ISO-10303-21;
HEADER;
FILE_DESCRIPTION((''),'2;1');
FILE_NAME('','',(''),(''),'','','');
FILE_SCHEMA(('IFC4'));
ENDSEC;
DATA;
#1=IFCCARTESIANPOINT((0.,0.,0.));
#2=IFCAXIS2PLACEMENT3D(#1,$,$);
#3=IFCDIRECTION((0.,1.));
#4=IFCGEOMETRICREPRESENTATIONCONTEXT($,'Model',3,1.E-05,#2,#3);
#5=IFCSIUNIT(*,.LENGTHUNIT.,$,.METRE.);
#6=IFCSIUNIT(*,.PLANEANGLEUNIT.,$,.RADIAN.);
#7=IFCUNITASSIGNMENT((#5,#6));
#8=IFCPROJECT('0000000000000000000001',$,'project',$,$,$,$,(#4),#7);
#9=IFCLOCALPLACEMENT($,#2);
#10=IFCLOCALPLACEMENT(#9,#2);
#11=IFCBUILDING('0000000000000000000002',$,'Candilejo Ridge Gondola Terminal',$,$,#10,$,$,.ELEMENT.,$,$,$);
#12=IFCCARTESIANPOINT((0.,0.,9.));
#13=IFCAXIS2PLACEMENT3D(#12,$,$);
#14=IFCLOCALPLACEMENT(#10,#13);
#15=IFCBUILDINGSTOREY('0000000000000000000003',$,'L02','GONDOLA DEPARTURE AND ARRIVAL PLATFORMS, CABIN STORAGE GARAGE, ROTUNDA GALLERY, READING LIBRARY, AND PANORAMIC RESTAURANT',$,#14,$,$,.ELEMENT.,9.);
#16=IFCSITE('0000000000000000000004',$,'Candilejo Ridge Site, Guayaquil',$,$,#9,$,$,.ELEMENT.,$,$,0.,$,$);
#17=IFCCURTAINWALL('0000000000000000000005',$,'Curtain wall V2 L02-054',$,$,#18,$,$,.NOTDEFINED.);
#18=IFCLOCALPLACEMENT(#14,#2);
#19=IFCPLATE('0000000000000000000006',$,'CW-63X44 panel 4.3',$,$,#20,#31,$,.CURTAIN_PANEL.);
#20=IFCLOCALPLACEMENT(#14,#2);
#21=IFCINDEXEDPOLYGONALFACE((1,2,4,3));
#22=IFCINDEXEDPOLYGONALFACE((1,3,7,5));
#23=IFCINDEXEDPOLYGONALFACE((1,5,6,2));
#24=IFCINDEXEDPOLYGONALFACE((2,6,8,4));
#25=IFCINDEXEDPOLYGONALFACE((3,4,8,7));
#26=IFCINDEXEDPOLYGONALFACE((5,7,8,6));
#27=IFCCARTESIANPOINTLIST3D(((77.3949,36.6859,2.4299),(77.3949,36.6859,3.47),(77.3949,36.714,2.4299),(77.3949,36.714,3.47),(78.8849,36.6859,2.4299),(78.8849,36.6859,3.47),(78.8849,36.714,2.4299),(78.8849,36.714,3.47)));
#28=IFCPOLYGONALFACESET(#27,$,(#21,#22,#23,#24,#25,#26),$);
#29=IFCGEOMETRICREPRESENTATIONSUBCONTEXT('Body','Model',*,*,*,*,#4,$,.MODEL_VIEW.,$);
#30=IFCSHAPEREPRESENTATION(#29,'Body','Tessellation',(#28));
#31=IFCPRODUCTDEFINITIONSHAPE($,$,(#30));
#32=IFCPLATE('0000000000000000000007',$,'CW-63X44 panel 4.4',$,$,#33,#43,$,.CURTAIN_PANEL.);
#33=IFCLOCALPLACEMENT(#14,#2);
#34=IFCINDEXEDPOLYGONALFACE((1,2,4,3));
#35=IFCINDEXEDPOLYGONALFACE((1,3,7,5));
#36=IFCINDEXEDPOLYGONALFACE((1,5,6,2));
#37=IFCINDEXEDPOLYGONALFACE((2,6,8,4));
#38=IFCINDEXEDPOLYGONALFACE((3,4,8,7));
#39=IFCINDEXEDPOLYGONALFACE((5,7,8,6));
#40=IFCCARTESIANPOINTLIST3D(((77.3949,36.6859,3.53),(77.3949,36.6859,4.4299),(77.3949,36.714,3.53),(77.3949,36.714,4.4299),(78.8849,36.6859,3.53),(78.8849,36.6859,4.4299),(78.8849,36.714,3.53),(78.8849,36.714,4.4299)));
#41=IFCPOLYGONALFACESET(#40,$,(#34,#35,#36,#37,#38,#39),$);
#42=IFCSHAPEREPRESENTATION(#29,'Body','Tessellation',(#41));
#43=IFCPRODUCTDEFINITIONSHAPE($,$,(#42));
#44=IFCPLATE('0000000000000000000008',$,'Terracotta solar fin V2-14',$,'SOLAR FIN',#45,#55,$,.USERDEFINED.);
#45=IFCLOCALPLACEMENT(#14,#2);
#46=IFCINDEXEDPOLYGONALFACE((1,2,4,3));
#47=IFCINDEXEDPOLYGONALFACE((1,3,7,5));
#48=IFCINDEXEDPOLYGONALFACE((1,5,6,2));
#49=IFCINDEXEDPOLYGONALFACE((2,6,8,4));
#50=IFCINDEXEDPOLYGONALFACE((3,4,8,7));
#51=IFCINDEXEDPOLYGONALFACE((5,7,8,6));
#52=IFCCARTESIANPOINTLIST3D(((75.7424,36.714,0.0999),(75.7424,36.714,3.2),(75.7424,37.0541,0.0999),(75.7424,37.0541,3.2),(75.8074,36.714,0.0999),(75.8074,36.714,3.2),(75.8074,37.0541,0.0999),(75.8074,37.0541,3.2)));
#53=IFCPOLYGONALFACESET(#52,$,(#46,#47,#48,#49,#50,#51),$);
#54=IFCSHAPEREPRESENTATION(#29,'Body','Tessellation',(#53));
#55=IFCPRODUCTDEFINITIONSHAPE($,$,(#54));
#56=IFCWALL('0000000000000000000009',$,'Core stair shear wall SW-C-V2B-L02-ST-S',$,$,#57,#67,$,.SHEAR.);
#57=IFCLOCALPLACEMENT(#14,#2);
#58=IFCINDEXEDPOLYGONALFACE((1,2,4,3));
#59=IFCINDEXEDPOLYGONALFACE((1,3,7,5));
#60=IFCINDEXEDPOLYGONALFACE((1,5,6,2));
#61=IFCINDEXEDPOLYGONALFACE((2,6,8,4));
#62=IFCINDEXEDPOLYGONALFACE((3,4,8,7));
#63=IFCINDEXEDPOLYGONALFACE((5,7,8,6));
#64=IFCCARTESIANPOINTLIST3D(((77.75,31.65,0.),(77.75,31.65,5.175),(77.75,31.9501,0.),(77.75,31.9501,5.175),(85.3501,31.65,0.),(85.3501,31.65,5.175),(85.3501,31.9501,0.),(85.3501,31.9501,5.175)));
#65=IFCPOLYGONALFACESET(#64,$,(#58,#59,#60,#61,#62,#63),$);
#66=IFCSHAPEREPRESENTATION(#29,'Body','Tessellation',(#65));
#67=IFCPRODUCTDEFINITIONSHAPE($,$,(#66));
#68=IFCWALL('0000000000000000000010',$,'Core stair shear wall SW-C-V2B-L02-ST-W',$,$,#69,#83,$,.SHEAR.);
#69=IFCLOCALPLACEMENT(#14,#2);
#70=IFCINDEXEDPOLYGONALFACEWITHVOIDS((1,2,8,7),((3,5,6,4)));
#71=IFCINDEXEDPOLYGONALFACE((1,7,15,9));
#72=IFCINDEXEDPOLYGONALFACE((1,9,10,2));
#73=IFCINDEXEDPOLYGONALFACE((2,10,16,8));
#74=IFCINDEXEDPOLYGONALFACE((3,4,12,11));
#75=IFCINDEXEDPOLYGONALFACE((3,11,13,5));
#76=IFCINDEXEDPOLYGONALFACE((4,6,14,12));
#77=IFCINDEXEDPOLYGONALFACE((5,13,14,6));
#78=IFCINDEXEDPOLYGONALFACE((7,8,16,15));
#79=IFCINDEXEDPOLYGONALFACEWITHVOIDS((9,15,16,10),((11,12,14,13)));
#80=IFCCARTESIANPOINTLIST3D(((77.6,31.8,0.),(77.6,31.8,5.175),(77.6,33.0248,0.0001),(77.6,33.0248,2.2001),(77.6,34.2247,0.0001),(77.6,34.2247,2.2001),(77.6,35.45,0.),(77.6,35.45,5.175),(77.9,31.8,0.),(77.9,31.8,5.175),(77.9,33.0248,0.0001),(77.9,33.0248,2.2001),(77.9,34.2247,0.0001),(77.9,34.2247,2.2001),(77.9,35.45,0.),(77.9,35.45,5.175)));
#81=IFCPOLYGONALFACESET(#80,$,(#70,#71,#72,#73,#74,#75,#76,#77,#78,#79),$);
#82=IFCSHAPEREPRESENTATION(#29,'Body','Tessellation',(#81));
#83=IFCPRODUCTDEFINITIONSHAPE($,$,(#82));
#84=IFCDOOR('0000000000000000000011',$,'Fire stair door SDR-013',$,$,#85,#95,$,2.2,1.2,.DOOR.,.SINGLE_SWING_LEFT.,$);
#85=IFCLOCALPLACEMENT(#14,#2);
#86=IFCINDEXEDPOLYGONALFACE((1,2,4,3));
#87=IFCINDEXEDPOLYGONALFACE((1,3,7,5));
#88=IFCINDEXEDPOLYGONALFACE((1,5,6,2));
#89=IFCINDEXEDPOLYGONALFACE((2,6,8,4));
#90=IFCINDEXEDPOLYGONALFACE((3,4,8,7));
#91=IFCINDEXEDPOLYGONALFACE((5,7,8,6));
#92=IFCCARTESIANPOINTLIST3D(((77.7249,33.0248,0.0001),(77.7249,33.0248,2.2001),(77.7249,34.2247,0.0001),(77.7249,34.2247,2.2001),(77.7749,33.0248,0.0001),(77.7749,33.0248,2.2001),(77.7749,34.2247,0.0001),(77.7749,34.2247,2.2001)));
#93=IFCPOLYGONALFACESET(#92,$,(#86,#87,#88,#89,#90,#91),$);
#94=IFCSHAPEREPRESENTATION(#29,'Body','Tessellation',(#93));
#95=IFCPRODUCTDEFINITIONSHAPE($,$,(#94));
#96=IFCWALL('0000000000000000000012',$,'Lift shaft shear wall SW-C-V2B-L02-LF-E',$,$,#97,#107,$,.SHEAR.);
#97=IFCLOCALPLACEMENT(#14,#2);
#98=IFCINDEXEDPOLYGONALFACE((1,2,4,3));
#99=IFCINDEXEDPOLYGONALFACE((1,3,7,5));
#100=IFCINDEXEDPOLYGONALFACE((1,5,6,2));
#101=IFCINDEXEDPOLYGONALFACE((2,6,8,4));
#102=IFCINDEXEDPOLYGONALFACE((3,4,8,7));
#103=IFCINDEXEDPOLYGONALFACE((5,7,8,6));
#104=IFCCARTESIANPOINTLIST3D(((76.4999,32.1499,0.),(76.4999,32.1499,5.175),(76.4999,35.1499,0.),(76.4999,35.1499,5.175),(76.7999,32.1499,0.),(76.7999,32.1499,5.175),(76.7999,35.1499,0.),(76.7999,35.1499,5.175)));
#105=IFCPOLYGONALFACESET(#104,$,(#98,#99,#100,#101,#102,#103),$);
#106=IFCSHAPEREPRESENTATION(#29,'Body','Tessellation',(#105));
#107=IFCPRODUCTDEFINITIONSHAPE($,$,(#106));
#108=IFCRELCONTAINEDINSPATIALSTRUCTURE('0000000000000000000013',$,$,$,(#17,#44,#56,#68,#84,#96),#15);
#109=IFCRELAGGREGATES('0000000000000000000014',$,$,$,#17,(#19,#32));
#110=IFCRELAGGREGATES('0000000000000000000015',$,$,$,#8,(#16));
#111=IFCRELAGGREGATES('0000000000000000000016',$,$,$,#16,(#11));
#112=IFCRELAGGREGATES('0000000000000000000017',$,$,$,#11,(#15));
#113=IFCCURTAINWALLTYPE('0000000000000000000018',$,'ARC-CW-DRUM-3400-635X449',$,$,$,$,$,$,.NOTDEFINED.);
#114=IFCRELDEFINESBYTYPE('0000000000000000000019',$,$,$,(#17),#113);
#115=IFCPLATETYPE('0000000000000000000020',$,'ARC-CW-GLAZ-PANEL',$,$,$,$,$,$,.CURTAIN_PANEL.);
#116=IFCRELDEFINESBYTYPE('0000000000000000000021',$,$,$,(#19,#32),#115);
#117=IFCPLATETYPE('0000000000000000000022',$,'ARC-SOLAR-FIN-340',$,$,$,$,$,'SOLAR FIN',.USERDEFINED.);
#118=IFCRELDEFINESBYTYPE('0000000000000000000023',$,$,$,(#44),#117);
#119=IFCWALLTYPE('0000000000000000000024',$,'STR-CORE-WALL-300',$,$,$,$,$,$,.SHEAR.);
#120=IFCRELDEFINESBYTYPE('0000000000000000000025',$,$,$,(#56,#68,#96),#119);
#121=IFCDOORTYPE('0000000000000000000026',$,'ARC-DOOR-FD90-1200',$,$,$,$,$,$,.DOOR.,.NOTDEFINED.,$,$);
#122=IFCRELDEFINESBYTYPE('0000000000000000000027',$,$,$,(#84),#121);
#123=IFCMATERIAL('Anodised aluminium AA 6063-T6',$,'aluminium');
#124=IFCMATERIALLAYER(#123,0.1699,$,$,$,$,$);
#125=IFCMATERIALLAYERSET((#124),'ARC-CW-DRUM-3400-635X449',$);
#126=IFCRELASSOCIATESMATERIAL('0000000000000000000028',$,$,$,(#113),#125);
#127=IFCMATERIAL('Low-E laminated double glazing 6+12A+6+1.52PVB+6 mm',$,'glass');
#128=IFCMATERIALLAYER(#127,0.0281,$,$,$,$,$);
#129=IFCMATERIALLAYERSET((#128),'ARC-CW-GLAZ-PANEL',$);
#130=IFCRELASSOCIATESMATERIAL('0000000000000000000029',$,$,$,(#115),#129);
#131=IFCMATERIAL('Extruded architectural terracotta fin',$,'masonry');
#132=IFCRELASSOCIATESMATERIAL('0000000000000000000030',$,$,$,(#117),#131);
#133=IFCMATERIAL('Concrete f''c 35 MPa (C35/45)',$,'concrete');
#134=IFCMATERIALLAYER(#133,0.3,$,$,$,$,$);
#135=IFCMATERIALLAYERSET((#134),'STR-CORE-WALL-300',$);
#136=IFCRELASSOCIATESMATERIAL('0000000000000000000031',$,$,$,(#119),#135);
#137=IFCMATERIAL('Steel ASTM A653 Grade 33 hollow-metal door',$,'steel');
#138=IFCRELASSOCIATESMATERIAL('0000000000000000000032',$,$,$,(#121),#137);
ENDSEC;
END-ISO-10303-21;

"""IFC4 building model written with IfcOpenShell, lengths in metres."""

from ifc_helpers import new_model, si_unit, direction, frame, frame_2d, origin, origin_2d, place, context, subcontext, project, spatial, rectangle, extrude, material, layer, layer_set, type_object, element, fill, aggregate, save


model = new_model("IFC4")

# Units and contexts
model_context = context("Model", 3, precision=1e-05, world=origin(), true_north=direction((0.0, 1.0)))
body_context = subcontext(model_context, "Body", "Model", "MODEL_VIEW")
ifc_project = project(units=[si_unit("LENGTHUNIT", "METRE"), si_unit("PLANEANGLEUNIT", "RADIAN")], contexts=[model_context])

# Site, building, storey
site_placement = place(None, origin())
site = spatial("IfcSite", under=ifc_project, at=site_placement, Name="Candilejo Ridge Site, Guayaquil", CompositionType="ELEMENT", RefElevation=0.0)
building_placement = place(site_placement, origin())
building = spatial("IfcBuilding", under=site, at=building_placement, Name="Candilejo Ridge Gondola Terminal", CompositionType="ELEMENT")
storey_placement = place(building_placement, frame((0.0, 0.0, 9.0)))
storey = spatial("IfcBuildingStorey", under=building, at=storey_placement, Name="L02", Description="GONDOLA DEPARTURE AND ARRIVAL PLATFORMS, CABIN STORAGE GARAGE, ROTUNDA GALLERY, READING LIBRARY, AND PANORAMIC RESTAURANT", CompositionType="ELEMENT", Elevation=9.0)

# Curtain wall, plates
ifc_material_1 = material(Name="Anodised aluminium AA 6063-T6", Category="aluminium")
ifc_layer_1 = layer(ifc_material_1, 0.1699)
ifc_layer_set_1 = layer_set([ifc_layer_1], Name="ARC-CW-DRUM-3400-635X449")
curtain_wall_type = type_object("IfcCurtainWallType", Name="ARC-CW-DRUM-3400-635X449", PredefinedType="NOTDEFINED", material=ifc_layer_set_1)
curtain_wall_placement = place(storey_placement, origin())
curtain_wall = element("IfcCurtainWall", 1, at=curtain_wall_placement, inside=storey, type_object=curtain_wall_type, Name="Curtain wall V2 L02-054", PredefinedType="NOTDEFINED")
ifc_material_2 = material(Name="Low-E laminated double glazing 6+12A+6+1.52PVB+6 mm", Category="glass")
ifc_layer_2 = layer(ifc_material_2, 0.0281)
ifc_layer_set_2 = layer_set([ifc_layer_2], Name="ARC-CW-GLAZ-PANEL")
plate_type_1 = type_object("IfcPlateType", Name="ARC-CW-GLAZ-PANEL", PredefinedType="CURTAIN_PANEL", material=ifc_layer_set_2)
plate_1_placement = place(storey_placement, frame((78.1399, 36.7, 2.4299), z_axis=(0.0, 0.0, 1.0), x_axis=(1.0, 0.0, 0.0)))
plate_1 = element("IfcPlate", 2, at=plate_1_placement, type_object=plate_type_1, Name="CW-63X44 panel 4.3", PredefinedType="CURTAIN_PANEL", context=body_context, shape_type="SweptSolid", body=[
    extrude(rectangle(XDim=1.49, YDim=0.0281, at=origin_2d()), origin(), (0.0, 0.0, 1.0), 1.04),
])
plate_2_placement = place(storey_placement, frame((78.1399, 36.7, 3.53), z_axis=(0.0, 0.0, 1.0), x_axis=(1.0, 0.0, 0.0)))
plate_2 = element("IfcPlate", 3, at=plate_2_placement, type_object=plate_type_1, Name="CW-63X44 panel 4.4", PredefinedType="CURTAIN_PANEL", context=body_context, shape_type="SweptSolid", body=[
    extrude(rectangle(XDim=1.49, YDim=0.0281, at=origin_2d()), origin(), (0.0, 0.0, 1.0), 0.8999),
])
aggregate(curtain_wall, [plate_1, plate_2])

# Plate
ifc_material_3 = material(Name="Extruded architectural terracotta fin", Category="masonry")
plate_type_2 = type_object("IfcPlateType", Name="ARC-SOLAR-FIN-340", ElementType="SOLAR FIN", PredefinedType="USERDEFINED", material=ifc_material_3)
plate_3_placement = place(storey_placement, frame((75.7749, 36.884, 0.0999), z_axis=(0.0, 0.0, 1.0), x_axis=(1.0, 0.0, 0.0)))
element("IfcPlate", 4, at=plate_3_placement, inside=storey, type_object=plate_type_2, Name="Terracotta solar fin V2-14", ObjectType="SOLAR FIN", PredefinedType="USERDEFINED", context=body_context, shape_type="SweptSolid", body=[
    extrude(rectangle(XDim=0.0649, YDim=0.3401, at=origin_2d()), origin(), (0.0, 0.0, 1.0), 3.1001),
])

# Wall
ifc_material_4 = material(Name="Concrete f'c 35 MPa (C35/45)", Category="concrete")
ifc_layer_3 = layer(ifc_material_4, 0.3)
ifc_layer_set_3 = layer_set([ifc_layer_3], Name="STR-CORE-WALL-300")
wall_type = type_object("IfcWallType", Name="STR-CORE-WALL-300", PredefinedType="SHEAR", material=ifc_layer_set_3)
wall_1_placement = place(storey_placement, frame((77.75, 31.8, 0.0), z_axis=(0.0, 0.0, 1.0), x_axis=(1.0, 0.0, 0.0)))
element("IfcWall", 5, at=wall_1_placement, inside=storey, type_object=wall_type, Name="Core stair shear wall SW-C-V2B-L02-ST-S", PredefinedType="SHEAR", context=body_context, shape_type="SweptSolid", body=[
    extrude(rectangle(XDim=7.6001, YDim=0.3, at=frame_2d((3.8, 0.0))), origin(), (0.0, 0.0, 1.0), 5.175),
])

# Wall, opening, door
wall_2_placement = place(storey_placement, frame((77.75, 35.45, 0.0), z_axis=(0.0, 0.0, 1.0), x_axis=(0.0, -1.0, 0.0)))
wall_2 = element("IfcWall", 6, at=wall_2_placement, inside=storey, type_object=wall_type, Name="Core stair shear wall SW-C-V2B-L02-ST-W", PredefinedType="SHEAR", context=body_context, shape_type="SweptSolid", body=[
    extrude(rectangle(XDim=3.6499, YDim=0.3, at=frame_2d((1.825, 0.0))), origin(), (0.0, 0.0, 1.0), 5.175),
])
opening_placement = place(wall_2_placement, frame((1.2251, 0.0, 0.0)))
opening = element("IfcOpeningElement", 7, at=opening_placement, cuts=wall_2, PredefinedType="OPENING", context=body_context, shape_type="SweptSolid", body=[
    extrude(rectangle(XDim=1.2, YDim=2.2, at=frame_2d((0.6001, 1.1001))), frame((0.0, 0.1599, 0.0), z_axis=(0.0, -1.0, 0.0), x_axis=(1.0, 0.0, 0.0)), (0.0, 0.0, 1.0), 0.3201),
])
ifc_material_5 = material(Name="Steel ASTM A653 Grade 33 hollow-metal door", Category="steel")
door_type = type_object("IfcDoorType", Name="ARC-DOOR-FD90-1200", OperationType="NOTDEFINED", PredefinedType="DOOR", material=ifc_material_5)
door_placement = place(opening_placement, origin())
door = element("IfcDoor", 8, at=door_placement, inside=storey, type_object=door_type, Name="Fire stair door SDR-013", OperationType="SINGLE_SWING_LEFT", OverallHeight=2.2, OverallWidth=1.2, PredefinedType="DOOR", context=body_context, shape_type="SweptSolid", body=[
    extrude(rectangle(XDim=1.2, YDim=2.2, at=frame_2d((0.6001, 1.1001))), frame((0.0, 0.0249, 0.0), z_axis=(0.0, -1.0, 0.0), x_axis=(1.0, 0.0, 0.0)), (0.0, 0.0, 1.0), 0.05),
])
fill(opening, door)

# Wall
wall_3_placement = place(storey_placement, frame((76.6499, 32.1499, 0.0), z_axis=(0.0, 0.0, 1.0), x_axis=(0.0, 1.0, 0.0)))
element("IfcWall", 9, at=wall_3_placement, inside=storey, type_object=wall_type, Name="Lift shaft shear wall SW-C-V2B-L02-LF-E", PredefinedType="SHEAR", context=body_context, shape_type="SweptSolid", body=[
    extrude(rectangle(XDim=3.0, YDim=0.3, at=frame_2d((1.5, 0.0))), origin(), (0.0, 0.0, 1.0), 5.175),
])

save(model, "model.ifc")
